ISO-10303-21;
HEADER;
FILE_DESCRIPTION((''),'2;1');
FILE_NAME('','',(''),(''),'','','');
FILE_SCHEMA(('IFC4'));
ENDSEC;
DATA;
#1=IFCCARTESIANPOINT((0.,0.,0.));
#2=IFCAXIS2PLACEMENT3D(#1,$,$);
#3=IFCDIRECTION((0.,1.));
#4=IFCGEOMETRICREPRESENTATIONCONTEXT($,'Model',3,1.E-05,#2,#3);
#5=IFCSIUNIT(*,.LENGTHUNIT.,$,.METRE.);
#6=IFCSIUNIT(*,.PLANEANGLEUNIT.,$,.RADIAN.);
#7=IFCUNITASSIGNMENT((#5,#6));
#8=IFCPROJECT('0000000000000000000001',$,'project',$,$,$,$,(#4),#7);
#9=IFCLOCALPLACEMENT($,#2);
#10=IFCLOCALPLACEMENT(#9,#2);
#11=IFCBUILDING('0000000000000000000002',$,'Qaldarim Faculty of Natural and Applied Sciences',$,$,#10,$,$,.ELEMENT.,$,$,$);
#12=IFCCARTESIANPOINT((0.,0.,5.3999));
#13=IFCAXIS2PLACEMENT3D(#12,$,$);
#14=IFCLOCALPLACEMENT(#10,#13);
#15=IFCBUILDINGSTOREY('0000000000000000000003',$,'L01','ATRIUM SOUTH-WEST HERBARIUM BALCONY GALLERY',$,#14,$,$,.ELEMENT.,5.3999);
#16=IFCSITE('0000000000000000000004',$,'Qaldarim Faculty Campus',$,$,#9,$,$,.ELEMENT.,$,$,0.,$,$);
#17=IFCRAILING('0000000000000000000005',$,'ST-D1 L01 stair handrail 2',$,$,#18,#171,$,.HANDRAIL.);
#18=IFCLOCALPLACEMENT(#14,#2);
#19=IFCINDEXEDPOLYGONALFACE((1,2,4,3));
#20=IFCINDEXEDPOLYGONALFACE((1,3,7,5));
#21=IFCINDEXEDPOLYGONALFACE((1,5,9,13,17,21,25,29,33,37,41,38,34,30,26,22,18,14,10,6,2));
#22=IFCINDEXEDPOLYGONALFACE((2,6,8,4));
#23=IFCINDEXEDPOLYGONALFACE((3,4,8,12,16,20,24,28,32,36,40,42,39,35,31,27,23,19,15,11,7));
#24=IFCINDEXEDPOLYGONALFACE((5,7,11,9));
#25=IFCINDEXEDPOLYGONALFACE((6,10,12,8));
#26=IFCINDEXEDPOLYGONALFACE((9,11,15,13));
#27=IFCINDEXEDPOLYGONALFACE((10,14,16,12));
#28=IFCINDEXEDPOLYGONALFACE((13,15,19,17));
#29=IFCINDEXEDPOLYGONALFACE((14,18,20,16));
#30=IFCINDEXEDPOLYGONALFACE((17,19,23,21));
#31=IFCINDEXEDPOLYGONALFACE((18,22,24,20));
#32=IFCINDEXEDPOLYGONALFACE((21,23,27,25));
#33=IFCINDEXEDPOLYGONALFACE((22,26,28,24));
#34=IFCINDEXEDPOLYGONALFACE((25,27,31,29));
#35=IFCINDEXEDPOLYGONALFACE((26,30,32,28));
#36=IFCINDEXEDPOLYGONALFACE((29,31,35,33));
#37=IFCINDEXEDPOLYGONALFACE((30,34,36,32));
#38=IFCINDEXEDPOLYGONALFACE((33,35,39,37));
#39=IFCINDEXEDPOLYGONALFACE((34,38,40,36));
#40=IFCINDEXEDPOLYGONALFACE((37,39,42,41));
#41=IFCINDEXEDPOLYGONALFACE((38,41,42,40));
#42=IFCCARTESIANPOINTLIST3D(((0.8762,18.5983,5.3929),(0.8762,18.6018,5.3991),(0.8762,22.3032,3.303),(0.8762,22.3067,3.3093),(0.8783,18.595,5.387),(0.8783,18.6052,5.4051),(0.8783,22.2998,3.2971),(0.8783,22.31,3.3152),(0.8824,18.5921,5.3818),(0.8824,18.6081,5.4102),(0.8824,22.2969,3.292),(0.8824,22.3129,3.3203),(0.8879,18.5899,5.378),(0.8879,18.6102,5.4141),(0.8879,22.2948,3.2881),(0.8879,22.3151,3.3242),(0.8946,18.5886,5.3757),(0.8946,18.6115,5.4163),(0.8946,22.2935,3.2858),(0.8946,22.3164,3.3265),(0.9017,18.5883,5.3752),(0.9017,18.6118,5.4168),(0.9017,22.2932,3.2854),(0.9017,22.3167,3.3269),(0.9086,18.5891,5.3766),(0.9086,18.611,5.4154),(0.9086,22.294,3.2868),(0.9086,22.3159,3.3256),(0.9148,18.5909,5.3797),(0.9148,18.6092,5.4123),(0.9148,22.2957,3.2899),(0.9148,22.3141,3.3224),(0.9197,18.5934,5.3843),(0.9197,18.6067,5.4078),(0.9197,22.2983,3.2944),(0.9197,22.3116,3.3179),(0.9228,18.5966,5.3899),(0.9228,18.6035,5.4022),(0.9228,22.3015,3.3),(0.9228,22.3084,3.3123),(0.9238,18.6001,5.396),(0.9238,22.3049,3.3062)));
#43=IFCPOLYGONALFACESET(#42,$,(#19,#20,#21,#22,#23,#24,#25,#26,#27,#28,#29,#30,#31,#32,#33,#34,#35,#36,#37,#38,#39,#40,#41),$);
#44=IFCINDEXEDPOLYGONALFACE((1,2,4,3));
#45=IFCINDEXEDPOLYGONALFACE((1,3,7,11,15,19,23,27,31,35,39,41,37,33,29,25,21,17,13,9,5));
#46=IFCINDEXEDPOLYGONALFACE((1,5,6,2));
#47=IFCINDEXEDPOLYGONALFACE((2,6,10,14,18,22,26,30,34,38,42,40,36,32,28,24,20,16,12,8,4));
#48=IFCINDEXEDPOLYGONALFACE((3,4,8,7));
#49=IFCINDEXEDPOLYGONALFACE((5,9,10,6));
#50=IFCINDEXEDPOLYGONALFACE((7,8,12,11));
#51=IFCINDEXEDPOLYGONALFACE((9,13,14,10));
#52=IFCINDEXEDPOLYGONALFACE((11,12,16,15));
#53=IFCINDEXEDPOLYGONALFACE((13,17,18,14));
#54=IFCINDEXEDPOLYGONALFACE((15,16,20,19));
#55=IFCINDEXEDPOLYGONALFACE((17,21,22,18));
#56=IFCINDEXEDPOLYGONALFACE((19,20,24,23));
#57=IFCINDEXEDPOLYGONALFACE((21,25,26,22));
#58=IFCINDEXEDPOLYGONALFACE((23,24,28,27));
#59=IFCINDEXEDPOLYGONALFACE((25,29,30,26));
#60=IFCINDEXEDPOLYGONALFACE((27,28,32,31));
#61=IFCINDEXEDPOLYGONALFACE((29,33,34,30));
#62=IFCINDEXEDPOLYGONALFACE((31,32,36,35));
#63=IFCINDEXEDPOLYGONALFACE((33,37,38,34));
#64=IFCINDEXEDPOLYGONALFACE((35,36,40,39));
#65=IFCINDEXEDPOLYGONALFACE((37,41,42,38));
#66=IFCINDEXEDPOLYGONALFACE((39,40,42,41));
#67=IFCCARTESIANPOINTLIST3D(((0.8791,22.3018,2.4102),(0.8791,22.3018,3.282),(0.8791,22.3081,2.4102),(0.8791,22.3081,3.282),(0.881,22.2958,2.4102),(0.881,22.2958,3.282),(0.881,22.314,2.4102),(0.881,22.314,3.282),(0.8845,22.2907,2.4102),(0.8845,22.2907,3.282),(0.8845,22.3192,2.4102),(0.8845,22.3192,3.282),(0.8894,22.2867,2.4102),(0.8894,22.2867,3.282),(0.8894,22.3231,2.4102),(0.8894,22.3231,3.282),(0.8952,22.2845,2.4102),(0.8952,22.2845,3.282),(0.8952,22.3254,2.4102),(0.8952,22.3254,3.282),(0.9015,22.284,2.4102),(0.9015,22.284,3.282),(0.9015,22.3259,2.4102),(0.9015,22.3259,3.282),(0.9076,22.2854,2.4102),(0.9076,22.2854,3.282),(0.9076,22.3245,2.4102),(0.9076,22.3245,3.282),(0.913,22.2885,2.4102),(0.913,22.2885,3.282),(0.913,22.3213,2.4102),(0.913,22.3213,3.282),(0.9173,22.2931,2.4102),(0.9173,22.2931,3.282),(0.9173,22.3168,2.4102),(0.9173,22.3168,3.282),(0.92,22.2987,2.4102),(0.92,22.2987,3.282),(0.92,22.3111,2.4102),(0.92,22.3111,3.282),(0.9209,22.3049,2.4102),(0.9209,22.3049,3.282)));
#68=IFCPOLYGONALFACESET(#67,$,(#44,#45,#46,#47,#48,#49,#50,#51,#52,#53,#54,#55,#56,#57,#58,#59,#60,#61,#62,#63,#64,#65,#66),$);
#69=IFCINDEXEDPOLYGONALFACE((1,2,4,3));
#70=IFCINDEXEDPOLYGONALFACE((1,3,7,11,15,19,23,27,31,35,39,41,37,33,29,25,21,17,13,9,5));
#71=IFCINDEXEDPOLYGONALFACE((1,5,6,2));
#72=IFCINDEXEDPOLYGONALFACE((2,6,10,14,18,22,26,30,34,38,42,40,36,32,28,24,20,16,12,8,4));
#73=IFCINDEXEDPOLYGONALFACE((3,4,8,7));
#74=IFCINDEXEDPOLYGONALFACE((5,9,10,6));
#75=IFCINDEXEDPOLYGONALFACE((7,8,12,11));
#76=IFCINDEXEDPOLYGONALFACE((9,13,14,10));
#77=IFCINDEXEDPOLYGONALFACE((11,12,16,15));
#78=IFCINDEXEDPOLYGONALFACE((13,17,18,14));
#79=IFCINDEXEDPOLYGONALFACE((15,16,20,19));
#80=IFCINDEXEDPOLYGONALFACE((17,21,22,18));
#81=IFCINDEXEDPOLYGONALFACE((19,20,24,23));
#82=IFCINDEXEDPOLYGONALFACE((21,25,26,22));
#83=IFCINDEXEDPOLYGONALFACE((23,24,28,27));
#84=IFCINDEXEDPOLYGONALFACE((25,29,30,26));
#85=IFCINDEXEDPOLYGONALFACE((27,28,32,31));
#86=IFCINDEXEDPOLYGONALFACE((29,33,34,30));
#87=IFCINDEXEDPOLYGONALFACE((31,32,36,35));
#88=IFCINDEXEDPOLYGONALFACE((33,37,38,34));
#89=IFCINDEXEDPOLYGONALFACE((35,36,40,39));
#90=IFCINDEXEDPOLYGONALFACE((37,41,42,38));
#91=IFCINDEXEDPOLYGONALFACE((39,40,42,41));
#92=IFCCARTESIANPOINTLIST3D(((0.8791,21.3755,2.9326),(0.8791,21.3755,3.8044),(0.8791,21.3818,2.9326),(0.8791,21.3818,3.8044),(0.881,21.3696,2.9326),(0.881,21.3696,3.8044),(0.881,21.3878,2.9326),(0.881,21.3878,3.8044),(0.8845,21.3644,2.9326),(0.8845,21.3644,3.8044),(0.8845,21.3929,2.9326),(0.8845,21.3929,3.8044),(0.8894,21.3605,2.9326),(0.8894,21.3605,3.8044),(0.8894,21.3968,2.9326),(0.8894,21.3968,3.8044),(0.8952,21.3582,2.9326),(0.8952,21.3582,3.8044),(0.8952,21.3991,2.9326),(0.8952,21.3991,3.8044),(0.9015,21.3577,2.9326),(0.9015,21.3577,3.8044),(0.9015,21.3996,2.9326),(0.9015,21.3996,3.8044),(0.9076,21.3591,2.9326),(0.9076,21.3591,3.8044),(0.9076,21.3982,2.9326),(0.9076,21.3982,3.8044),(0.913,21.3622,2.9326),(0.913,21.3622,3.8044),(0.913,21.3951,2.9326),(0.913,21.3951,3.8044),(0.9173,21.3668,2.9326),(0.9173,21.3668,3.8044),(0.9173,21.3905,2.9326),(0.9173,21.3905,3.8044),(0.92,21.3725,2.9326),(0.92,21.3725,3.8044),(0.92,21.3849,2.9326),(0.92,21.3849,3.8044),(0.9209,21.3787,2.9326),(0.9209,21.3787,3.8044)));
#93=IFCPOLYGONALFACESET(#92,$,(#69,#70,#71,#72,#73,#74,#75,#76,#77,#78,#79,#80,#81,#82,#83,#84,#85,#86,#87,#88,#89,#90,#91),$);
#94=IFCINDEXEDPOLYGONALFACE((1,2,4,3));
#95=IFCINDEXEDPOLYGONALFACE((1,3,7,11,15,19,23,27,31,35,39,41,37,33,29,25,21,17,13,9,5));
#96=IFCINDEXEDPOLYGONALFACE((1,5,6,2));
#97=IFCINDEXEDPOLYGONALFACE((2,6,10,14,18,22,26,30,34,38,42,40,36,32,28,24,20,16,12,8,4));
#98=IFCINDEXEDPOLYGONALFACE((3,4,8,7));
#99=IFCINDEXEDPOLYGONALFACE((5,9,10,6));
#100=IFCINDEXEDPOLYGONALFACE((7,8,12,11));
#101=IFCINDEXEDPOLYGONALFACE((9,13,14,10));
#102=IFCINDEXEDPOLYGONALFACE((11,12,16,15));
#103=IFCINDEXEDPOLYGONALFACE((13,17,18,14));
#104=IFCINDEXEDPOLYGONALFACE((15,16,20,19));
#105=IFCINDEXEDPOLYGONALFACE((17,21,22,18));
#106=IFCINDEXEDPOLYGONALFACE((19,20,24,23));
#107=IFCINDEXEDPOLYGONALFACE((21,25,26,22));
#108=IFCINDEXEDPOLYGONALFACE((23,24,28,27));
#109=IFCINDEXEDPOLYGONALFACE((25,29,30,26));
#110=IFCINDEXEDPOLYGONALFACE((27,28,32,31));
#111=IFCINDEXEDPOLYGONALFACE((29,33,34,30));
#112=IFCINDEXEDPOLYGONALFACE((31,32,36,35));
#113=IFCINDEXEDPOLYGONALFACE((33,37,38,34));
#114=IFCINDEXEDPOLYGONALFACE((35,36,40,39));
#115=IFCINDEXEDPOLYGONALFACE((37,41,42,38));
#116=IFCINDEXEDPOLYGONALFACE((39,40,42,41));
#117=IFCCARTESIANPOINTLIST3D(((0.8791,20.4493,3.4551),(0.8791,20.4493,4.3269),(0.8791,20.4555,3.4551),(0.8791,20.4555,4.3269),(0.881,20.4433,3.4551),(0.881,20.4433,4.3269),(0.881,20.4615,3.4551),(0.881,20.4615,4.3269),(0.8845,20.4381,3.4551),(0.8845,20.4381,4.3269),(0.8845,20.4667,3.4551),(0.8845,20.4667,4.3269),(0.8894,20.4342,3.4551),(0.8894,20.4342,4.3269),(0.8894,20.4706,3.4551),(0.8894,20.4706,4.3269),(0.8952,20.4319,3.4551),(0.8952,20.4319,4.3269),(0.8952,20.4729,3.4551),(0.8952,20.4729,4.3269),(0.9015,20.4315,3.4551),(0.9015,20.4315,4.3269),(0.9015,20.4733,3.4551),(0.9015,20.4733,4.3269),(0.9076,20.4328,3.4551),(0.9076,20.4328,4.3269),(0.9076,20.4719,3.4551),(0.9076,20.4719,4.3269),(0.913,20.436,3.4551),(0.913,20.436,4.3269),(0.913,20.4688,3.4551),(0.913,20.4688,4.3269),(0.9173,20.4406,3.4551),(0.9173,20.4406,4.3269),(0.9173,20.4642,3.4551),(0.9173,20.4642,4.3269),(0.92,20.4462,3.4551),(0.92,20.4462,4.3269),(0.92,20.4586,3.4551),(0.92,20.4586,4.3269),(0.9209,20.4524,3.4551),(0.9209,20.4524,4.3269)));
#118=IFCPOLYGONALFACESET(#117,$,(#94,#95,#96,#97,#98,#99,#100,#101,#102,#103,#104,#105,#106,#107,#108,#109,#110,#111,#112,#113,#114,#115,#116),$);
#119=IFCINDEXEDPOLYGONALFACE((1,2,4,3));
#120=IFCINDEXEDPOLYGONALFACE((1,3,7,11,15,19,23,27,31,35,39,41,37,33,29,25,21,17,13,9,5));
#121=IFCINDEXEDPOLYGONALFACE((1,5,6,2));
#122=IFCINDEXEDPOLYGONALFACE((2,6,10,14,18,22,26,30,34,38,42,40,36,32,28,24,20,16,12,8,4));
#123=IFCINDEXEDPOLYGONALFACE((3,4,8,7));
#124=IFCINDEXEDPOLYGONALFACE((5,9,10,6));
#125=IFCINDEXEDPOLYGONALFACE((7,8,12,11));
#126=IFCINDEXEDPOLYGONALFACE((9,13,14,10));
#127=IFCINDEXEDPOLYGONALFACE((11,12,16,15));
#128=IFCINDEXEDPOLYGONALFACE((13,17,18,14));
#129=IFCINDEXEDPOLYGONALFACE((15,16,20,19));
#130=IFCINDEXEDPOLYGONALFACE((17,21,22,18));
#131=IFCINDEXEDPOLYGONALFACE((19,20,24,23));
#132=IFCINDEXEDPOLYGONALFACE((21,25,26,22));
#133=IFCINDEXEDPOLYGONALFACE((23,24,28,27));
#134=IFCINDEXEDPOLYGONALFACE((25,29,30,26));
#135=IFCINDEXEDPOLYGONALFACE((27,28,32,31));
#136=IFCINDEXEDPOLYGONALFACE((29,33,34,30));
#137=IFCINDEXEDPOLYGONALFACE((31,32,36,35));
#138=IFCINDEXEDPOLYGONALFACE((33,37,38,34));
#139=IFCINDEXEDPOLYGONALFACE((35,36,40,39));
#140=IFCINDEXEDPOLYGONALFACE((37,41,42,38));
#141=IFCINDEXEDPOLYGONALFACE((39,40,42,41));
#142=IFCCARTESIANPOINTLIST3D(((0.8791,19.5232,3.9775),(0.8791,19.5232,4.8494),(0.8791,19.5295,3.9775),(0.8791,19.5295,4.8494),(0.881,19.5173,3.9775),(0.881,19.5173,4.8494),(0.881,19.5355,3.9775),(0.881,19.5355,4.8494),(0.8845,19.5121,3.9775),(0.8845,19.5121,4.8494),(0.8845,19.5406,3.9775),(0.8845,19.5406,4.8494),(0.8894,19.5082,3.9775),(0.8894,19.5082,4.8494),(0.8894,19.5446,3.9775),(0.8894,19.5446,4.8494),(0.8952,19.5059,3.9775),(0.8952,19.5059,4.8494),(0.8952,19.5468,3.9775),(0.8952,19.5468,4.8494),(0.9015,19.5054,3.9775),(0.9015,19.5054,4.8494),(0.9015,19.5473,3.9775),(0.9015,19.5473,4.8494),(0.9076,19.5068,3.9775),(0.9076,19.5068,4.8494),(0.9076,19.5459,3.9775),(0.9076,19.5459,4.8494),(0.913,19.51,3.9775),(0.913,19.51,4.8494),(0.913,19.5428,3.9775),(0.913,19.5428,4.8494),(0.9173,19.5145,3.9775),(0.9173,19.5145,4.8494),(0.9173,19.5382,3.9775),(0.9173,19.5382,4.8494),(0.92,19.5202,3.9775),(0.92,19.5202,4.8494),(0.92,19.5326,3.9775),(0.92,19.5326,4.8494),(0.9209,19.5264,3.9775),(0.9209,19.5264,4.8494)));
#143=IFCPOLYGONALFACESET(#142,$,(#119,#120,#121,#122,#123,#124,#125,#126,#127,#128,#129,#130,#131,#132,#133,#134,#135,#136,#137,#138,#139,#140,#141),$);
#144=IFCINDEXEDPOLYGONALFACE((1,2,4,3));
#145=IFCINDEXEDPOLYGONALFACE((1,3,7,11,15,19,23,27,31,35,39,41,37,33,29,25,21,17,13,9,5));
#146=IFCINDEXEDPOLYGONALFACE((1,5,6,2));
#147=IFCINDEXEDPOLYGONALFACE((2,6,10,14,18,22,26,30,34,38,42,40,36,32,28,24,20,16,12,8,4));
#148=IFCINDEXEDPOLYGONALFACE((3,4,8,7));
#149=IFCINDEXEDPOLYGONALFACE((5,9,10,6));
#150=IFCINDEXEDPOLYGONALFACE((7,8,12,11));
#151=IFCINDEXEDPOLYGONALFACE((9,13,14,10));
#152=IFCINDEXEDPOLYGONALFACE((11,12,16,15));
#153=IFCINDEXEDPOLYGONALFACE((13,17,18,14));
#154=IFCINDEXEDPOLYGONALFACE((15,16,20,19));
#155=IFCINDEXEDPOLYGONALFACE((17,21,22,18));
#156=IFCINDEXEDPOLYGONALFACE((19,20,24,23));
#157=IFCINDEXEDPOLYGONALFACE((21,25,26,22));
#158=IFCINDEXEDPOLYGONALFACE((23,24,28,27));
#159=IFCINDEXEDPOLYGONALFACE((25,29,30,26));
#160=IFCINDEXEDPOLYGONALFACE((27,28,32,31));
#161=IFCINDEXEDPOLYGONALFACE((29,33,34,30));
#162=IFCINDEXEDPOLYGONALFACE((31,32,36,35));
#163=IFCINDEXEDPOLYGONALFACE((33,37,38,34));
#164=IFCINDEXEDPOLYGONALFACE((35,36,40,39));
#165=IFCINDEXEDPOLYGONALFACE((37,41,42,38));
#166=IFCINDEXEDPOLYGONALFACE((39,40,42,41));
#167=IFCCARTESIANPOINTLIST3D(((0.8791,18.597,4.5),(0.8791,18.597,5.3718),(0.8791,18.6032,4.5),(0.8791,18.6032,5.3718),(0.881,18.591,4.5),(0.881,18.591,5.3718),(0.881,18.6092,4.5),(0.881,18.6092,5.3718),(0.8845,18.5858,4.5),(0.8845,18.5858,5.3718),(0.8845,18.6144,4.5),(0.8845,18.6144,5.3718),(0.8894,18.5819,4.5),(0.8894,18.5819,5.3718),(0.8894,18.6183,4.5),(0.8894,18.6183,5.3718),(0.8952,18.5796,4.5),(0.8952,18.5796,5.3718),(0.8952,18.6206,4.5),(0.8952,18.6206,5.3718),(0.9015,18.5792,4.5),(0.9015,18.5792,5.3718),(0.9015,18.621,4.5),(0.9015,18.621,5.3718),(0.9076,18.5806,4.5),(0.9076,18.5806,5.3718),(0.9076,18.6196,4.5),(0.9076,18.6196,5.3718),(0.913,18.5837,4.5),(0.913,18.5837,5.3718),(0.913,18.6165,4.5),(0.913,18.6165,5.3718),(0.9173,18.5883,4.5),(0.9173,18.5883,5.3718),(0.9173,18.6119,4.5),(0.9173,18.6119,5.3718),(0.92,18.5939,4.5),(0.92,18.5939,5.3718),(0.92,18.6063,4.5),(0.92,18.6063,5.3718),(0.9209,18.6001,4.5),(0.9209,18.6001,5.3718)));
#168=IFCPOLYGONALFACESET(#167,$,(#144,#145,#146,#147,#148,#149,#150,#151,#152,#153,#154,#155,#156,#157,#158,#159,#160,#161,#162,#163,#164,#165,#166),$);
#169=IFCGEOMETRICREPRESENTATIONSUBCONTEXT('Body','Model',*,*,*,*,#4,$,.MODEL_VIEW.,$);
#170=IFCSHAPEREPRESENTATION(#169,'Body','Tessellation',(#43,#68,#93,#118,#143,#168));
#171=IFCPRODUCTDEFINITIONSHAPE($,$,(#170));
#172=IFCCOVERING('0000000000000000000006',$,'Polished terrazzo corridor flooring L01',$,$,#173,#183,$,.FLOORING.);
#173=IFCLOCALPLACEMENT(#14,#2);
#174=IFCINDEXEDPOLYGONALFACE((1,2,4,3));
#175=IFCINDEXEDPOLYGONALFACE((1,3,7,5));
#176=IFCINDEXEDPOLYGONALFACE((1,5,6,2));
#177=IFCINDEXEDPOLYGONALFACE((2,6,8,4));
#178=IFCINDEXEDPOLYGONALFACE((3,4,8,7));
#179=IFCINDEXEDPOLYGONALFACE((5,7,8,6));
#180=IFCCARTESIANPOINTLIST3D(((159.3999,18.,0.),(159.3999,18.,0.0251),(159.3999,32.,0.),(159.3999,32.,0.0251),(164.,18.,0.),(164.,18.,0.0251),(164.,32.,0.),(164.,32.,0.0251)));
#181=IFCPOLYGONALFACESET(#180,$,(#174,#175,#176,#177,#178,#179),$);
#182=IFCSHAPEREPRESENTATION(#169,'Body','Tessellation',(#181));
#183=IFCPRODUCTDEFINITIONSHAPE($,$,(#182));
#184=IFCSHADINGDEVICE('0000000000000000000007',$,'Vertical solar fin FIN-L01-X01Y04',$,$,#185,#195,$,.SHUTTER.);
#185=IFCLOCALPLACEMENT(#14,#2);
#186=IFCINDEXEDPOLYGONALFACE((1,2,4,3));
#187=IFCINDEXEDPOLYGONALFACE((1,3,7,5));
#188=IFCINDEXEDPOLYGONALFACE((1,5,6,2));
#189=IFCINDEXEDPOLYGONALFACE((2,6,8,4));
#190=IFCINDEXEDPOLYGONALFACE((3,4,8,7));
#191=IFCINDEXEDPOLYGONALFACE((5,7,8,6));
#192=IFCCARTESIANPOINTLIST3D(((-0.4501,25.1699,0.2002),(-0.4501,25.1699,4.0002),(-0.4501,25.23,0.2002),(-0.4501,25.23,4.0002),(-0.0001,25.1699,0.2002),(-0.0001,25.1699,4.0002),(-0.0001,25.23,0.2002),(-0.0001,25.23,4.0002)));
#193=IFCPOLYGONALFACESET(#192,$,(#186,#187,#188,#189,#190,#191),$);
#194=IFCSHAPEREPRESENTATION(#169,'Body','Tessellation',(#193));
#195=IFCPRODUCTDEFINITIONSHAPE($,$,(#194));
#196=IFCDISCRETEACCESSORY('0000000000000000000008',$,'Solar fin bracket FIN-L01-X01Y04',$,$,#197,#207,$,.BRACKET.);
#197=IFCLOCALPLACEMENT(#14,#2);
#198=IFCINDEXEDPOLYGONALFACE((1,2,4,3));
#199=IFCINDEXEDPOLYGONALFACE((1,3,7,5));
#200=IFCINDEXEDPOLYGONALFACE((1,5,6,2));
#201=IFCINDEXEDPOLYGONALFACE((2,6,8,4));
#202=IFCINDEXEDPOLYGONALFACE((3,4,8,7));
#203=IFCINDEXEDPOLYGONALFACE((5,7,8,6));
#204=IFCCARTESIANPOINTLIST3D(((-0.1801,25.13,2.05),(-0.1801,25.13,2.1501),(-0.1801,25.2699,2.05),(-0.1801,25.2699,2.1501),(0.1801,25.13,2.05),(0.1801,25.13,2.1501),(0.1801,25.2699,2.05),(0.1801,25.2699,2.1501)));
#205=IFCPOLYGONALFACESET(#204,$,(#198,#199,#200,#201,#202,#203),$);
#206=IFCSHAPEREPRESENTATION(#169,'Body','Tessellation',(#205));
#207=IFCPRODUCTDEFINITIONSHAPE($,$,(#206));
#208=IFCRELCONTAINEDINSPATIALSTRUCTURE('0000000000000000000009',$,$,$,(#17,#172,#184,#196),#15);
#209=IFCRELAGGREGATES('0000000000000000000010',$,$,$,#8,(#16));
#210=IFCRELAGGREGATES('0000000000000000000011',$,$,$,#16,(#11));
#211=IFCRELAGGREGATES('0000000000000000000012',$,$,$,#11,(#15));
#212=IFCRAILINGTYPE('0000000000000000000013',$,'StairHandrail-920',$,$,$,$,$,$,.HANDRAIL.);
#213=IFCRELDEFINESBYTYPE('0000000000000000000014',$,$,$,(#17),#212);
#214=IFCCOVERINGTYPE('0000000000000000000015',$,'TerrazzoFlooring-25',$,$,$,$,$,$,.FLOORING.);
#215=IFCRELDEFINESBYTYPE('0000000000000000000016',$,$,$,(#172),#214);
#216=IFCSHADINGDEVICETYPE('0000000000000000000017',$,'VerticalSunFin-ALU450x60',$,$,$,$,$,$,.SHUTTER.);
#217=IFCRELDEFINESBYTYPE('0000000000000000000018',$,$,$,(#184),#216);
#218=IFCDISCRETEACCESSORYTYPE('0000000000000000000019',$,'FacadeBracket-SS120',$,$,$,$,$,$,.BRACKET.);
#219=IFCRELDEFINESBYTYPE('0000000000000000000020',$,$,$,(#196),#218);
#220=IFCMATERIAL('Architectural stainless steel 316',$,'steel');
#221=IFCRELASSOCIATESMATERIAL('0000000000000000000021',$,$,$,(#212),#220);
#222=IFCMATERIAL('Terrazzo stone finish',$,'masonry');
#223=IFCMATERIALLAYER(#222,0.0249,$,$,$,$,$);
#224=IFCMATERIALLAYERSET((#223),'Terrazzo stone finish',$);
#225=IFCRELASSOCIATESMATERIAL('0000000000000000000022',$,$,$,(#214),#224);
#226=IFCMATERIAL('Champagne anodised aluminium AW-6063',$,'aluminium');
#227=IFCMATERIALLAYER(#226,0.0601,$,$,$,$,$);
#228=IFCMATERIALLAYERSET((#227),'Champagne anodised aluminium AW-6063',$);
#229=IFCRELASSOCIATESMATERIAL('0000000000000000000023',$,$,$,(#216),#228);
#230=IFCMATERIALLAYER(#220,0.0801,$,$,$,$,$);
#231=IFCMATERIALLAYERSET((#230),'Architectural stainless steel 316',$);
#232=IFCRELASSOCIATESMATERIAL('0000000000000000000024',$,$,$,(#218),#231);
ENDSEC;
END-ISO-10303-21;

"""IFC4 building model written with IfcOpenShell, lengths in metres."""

from ifc_helpers import new_model, si_unit, direction, frame, origin, origin_2d, place, context, subcontext, project, spatial, polyline, rectangle, circle, outline, extrude, material, layer, layer_set, type_object, element, save


model = new_model("IFC4")

# Units and contexts
model_context = context("Model", 3, precision=1e-05, world=origin(), true_north=direction((0.0, 1.0)))
body_context = subcontext(model_context, "Body", "Model", "MODEL_VIEW")
ifc_project = project(units=[si_unit("LENGTHUNIT", "METRE"), si_unit("PLANEANGLEUNIT", "RADIAN")], contexts=[model_context])

# Site, building, storey
site_placement = place(None, origin())
site = spatial("IfcSite", under=ifc_project, at=site_placement, Name="Qaldarim Faculty Campus", CompositionType="ELEMENT", RefElevation=0.0)
building_placement = place(site_placement, origin())
building = spatial("IfcBuilding", under=site, at=building_placement, Name="Qaldarim Faculty of Natural and Applied Sciences", CompositionType="ELEMENT")
storey_placement = place(building_placement, frame((0.0, 0.0, 5.3999)))
storey = spatial("IfcBuildingStorey", under=building, at=storey_placement, Name="L01", Description="ATRIUM SOUTH-WEST HERBARIUM BALCONY GALLERY", CompositionType="ELEMENT", Elevation=5.3999)

# Shared definitions
ifc_material_1 = material(Name="Architectural stainless steel 316", Category="steel")

# Railing
railing_type_1 = type_object("IfcRailingType", Name="StairHandrail-920", PredefinedType="HANDRAIL", material=ifc_material_1)
railing_1_placement = place(storey_placement, frame((0.8999, 22.3049, 2.4102)))
element("IfcRailing", 1, at=railing_1_placement, inside=storey, type_object=railing_type_1, Name="ST-D1 L01 stair handrail 2", PredefinedType="HANDRAIL", context=body_context, shape_type="SweptSolid", body=[
    extrude(circle(Radius=0.0239, at=origin_2d()), frame((0.0, 0.0, 0.896), z_axis=(0.0, -0.870985, 0.49131), x_axis=(1.0, 0.0, 0.0)), (0.0, 0.0, 1.0), 4.2537),
    extrude(circle(Radius=0.021, at=origin_2d()), origin(), (0.0, 0.0, 1.0), 0.8718),
    extrude(circle(Radius=0.021, at=origin_2d()), frame((0.0, -0.9263, 0.5225)), (0.0, 0.0, 1.0), 0.8718),
    extrude(circle(Radius=0.021, at=origin_2d()), frame((0.0, -1.8525, 1.0449)), (0.0, 0.0, 1.0), 0.8718),
    extrude(circle(Radius=0.021, at=origin_2d()), frame((0.0, -2.7786, 1.5674)), (0.0, 0.0, 1.0), 0.8718),
    extrude(circle(Radius=0.021, at=origin_2d()), frame((0.0, -3.7048, 2.0898)), (0.0, 0.0, 1.0), 0.8718),
])

# Covering
ifc_material_2 = material(Name="Terrazzo stone finish", Category="masonry")
ifc_layer_1 = layer(ifc_material_2, 0.0249)
ifc_layer_set_1 = layer_set([ifc_layer_1], Name="Terrazzo stone finish")
covering_type_1 = type_object("IfcCoveringType", Name="TerrazzoFlooring-25", PredefinedType="FLOORING", material=ifc_layer_set_1)
covering_1_placement = place(storey_placement, origin())
element("IfcCovering", 2, at=covering_1_placement, inside=storey, type_object=covering_type_1, Name="Polished terrazzo corridor flooring L01", PredefinedType="FLOORING", context=body_context, shape_type="SweptSolid", body=[
    extrude(outline(polyline([(159.3999, 18.0), (164.0, 18.0), (164.0, 32.0), (159.3999, 32.0), (159.3999, 18.0)])), origin(), (0.0, 0.0, 1.0), 0.0251),
])

# Shading device
ifc_material_3 = material(Name="Champagne anodised aluminium AW-6063", Category="aluminium")
ifc_layer_2 = layer(ifc_material_3, 0.0601)
ifc_layer_set_2 = layer_set([ifc_layer_2], Name="Champagne anodised aluminium AW-6063")
shading_device_type = type_object("IfcShadingDeviceType", Name="VerticalSunFin-ALU450x60", PredefinedType="SHUTTER", material=ifc_layer_set_2)
shading_device_placement = place(storey_placement, frame((-0.2251, 25.2, 0.2002), z_axis=(0.0, 0.0, 1.0), x_axis=(1.0, 0.0, 0.0)))
element("IfcShadingDevice", 3, at=shading_device_placement, inside=storey, type_object=shading_device_type, Name="Vertical solar fin FIN-L01-X01Y04", PredefinedType="SHUTTER", context=body_context, shape_type="SweptSolid", body=[
    extrude(rectangle(XDim=0.45, YDim=0.0601, at=origin_2d()), origin(), (0.0, 0.0, 1.0), 3.8),
])

# Discrete accessory
ifc_layer_3 = layer(ifc_material_1, 0.0801)
ifc_layer_set_3 = layer_set([ifc_layer_3], Name="Architectural stainless steel 316")
discrete_accessory_type = type_object("IfcDiscreteAccessoryType", Name="FacadeBracket-SS120", PredefinedType="BRACKET", material=ifc_layer_set_3)
discrete_accessory_placement = place(storey_placement, frame((0.0, 25.2, 2.05), z_axis=(0.0, 0.0, 1.0), x_axis=(1.0, 0.0, 0.0)))
element("IfcDiscreteAccessory", 4, at=discrete_accessory_placement, inside=storey, type_object=discrete_accessory_type, Name="Solar fin bracket FIN-L01-X01Y04", PredefinedType="BRACKET", context=body_context, shape_type="SweptSolid", body=[
    extrude(rectangle(XDim=0.3601, YDim=0.1399, at=origin_2d()), origin(), (0.0, 0.0, 1.0), 0.1001),
])

save(model, "model.ifc")
